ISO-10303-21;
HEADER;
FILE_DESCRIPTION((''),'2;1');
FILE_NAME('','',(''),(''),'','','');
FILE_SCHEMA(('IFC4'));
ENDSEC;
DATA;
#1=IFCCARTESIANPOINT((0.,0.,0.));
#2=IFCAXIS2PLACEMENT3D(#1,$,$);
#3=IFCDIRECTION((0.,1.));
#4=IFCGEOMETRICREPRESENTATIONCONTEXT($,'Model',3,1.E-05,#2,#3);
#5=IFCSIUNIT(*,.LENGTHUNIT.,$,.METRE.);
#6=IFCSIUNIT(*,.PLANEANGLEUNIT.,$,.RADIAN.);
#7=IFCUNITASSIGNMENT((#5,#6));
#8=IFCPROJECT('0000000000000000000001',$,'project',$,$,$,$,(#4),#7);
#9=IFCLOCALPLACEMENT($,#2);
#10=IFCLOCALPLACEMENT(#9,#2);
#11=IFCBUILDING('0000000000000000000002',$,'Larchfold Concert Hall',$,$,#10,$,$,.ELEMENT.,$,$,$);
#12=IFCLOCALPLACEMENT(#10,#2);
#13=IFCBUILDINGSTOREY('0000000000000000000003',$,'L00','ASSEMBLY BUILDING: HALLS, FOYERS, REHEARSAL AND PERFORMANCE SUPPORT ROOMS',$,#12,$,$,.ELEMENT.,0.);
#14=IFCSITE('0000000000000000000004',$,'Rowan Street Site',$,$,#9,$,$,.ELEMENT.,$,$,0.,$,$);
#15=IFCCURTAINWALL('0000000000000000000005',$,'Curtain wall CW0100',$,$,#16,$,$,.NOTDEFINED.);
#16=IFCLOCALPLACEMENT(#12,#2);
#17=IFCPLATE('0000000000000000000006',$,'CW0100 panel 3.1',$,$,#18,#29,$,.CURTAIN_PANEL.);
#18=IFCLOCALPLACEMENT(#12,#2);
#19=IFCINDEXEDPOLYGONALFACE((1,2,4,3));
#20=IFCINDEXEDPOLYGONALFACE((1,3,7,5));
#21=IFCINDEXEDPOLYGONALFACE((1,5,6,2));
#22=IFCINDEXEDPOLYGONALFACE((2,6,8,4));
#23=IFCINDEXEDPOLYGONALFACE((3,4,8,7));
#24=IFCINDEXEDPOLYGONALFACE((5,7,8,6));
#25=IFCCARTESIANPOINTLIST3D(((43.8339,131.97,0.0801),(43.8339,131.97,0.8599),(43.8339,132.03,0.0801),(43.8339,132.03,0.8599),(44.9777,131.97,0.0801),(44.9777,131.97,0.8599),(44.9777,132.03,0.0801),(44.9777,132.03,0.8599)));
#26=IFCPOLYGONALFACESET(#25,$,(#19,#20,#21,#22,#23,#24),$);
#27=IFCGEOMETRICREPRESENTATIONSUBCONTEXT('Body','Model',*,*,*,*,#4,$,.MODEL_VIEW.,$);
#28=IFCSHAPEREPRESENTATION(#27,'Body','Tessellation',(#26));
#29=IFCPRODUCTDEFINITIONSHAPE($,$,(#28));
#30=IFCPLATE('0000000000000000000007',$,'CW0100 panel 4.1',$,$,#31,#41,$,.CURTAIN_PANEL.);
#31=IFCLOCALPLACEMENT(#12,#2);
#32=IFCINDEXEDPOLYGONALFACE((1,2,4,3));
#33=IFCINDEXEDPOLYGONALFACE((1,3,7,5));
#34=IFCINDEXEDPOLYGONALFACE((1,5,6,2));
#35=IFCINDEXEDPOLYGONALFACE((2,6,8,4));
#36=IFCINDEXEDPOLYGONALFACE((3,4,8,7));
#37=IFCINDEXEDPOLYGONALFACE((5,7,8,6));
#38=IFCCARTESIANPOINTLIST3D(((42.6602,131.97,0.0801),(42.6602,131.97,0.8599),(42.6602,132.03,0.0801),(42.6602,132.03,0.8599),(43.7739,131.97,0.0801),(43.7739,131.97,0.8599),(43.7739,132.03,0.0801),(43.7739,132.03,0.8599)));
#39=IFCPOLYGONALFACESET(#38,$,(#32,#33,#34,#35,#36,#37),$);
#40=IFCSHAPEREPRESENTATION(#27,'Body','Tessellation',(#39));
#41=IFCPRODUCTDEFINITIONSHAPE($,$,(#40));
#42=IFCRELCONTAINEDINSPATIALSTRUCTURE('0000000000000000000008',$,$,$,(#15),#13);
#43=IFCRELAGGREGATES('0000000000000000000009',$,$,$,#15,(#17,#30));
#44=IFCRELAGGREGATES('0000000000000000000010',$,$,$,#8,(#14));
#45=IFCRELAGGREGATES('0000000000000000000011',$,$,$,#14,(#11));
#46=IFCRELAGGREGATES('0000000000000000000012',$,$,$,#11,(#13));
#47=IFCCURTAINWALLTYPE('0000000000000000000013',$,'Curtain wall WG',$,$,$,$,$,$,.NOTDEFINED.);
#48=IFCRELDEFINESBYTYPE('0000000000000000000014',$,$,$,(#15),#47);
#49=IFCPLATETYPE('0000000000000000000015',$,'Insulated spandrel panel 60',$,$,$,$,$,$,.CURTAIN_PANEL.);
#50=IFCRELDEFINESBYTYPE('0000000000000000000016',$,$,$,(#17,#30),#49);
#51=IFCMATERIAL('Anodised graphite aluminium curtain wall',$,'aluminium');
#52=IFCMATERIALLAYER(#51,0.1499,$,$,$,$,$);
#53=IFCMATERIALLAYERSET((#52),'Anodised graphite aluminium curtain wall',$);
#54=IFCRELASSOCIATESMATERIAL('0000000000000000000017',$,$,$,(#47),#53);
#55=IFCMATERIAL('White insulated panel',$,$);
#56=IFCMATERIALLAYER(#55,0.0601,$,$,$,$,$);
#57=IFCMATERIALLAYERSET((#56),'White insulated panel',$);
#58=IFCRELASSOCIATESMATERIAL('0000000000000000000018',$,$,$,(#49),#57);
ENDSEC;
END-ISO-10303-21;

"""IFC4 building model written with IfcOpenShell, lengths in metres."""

from ifc_helpers import new_model, si_unit, direction, frame, origin, origin_2d, place, context, subcontext, project, spatial, rectangle, extrude, material, layer, layer_set, type_object, element, aggregate, save


model = new_model("IFC4")

# Units and contexts
model_context = context("Model", 3, precision=1e-05, world=origin(), true_north=direction((0.0, 1.0)))
body_context = subcontext(model_context, "Body", "Model", "MODEL_VIEW")
ifc_project = project(units=[si_unit("LENGTHUNIT", "METRE"), si_unit("PLANEANGLEUNIT", "RADIAN")], contexts=[model_context])

# Site, building, storey
site_placement = place(None, origin())
site = spatial("IfcSite", under=ifc_project, at=site_placement, Name="Rowan Street Site", CompositionType="ELEMENT", RefElevation=0.0)
building_placement = place(site_placement, origin())
building = spatial("IfcBuilding", under=site, at=building_placement, Name="Larchfold Concert Hall", CompositionType="ELEMENT")
storey_placement = place(building_placement, origin())
storey = spatial("IfcBuildingStorey", under=building, at=storey_placement, Name="L00", Description="ASSEMBLY BUILDING: HALLS, FOYERS, REHEARSAL AND PERFORMANCE SUPPORT ROOMS", CompositionType="ELEMENT", Elevation=0.0)

# Curtain wall, plates
ifc_material_1 = material(Name="Anodised graphite aluminium curtain wall", Category="aluminium")
ifc_layer_1 = layer(ifc_material_1, 0.1499)
ifc_layer_set_1 = layer_set([ifc_layer_1], Name="Anodised graphite aluminium curtain wall")
curtain_wall_type = type_object("IfcCurtainWallType", Name="Curtain wall WG", PredefinedType="NOTDEFINED", material=ifc_layer_set_1)
curtain_wall_placement = place(storey_placement, origin())
curtain_wall = element("IfcCurtainWall", 1, at=curtain_wall_placement, inside=storey, type_object=curtain_wall_type, Name="Curtain wall CW0100", PredefinedType="NOTDEFINED")
ifc_material_2 = material(Name="White insulated panel")
ifc_layer_2 = layer(ifc_material_2, 0.0601)
ifc_layer_set_2 = layer_set([ifc_layer_2], Name="White insulated panel")
plate_type_1 = type_object("IfcPlateType", Name="Insulated spandrel panel 60", PredefinedType="CURTAIN_PANEL", material=ifc_layer_set_2)
plate_1_placement = place(storey_placement, frame((44.4058, 132.0, 0.0801), z_axis=(0.0, 0.0, 1.0), x_axis=(-1.0, 0.0, 0.0)))
plate_1 = element("IfcPlate", 2, at=plate_1_placement, type_object=plate_type_1, Name="CW0100 panel 3.1", PredefinedType="CURTAIN_PANEL", context=body_context, shape_type="SweptSolid", body=[
    extrude(rectangle(XDim=1.1438, YDim=0.0601, at=origin_2d()), origin(), (0.0, 0.0, 1.0), 0.7798),
])
plate_2_placement = place(storey_placement, frame((43.217, 132.0, 0.0801), z_axis=(0.0, 0.0, 1.0), x_axis=(-1.0, 0.0, 0.0)))
plate_2 = element("IfcPlate", 3, at=plate_2_placement, type_object=plate_type_1, Name="CW0100 panel 4.1", PredefinedType="CURTAIN_PANEL", context=body_context, shape_type="SweptSolid", body=[
    extrude(rectangle(XDim=1.1138, YDim=0.0601, at=origin_2d()), origin(), (0.0, 0.0, 1.0), 0.7798),
])
aggregate(curtain_wall, [plate_1, plate_2])

save(model, "model.ifc")
